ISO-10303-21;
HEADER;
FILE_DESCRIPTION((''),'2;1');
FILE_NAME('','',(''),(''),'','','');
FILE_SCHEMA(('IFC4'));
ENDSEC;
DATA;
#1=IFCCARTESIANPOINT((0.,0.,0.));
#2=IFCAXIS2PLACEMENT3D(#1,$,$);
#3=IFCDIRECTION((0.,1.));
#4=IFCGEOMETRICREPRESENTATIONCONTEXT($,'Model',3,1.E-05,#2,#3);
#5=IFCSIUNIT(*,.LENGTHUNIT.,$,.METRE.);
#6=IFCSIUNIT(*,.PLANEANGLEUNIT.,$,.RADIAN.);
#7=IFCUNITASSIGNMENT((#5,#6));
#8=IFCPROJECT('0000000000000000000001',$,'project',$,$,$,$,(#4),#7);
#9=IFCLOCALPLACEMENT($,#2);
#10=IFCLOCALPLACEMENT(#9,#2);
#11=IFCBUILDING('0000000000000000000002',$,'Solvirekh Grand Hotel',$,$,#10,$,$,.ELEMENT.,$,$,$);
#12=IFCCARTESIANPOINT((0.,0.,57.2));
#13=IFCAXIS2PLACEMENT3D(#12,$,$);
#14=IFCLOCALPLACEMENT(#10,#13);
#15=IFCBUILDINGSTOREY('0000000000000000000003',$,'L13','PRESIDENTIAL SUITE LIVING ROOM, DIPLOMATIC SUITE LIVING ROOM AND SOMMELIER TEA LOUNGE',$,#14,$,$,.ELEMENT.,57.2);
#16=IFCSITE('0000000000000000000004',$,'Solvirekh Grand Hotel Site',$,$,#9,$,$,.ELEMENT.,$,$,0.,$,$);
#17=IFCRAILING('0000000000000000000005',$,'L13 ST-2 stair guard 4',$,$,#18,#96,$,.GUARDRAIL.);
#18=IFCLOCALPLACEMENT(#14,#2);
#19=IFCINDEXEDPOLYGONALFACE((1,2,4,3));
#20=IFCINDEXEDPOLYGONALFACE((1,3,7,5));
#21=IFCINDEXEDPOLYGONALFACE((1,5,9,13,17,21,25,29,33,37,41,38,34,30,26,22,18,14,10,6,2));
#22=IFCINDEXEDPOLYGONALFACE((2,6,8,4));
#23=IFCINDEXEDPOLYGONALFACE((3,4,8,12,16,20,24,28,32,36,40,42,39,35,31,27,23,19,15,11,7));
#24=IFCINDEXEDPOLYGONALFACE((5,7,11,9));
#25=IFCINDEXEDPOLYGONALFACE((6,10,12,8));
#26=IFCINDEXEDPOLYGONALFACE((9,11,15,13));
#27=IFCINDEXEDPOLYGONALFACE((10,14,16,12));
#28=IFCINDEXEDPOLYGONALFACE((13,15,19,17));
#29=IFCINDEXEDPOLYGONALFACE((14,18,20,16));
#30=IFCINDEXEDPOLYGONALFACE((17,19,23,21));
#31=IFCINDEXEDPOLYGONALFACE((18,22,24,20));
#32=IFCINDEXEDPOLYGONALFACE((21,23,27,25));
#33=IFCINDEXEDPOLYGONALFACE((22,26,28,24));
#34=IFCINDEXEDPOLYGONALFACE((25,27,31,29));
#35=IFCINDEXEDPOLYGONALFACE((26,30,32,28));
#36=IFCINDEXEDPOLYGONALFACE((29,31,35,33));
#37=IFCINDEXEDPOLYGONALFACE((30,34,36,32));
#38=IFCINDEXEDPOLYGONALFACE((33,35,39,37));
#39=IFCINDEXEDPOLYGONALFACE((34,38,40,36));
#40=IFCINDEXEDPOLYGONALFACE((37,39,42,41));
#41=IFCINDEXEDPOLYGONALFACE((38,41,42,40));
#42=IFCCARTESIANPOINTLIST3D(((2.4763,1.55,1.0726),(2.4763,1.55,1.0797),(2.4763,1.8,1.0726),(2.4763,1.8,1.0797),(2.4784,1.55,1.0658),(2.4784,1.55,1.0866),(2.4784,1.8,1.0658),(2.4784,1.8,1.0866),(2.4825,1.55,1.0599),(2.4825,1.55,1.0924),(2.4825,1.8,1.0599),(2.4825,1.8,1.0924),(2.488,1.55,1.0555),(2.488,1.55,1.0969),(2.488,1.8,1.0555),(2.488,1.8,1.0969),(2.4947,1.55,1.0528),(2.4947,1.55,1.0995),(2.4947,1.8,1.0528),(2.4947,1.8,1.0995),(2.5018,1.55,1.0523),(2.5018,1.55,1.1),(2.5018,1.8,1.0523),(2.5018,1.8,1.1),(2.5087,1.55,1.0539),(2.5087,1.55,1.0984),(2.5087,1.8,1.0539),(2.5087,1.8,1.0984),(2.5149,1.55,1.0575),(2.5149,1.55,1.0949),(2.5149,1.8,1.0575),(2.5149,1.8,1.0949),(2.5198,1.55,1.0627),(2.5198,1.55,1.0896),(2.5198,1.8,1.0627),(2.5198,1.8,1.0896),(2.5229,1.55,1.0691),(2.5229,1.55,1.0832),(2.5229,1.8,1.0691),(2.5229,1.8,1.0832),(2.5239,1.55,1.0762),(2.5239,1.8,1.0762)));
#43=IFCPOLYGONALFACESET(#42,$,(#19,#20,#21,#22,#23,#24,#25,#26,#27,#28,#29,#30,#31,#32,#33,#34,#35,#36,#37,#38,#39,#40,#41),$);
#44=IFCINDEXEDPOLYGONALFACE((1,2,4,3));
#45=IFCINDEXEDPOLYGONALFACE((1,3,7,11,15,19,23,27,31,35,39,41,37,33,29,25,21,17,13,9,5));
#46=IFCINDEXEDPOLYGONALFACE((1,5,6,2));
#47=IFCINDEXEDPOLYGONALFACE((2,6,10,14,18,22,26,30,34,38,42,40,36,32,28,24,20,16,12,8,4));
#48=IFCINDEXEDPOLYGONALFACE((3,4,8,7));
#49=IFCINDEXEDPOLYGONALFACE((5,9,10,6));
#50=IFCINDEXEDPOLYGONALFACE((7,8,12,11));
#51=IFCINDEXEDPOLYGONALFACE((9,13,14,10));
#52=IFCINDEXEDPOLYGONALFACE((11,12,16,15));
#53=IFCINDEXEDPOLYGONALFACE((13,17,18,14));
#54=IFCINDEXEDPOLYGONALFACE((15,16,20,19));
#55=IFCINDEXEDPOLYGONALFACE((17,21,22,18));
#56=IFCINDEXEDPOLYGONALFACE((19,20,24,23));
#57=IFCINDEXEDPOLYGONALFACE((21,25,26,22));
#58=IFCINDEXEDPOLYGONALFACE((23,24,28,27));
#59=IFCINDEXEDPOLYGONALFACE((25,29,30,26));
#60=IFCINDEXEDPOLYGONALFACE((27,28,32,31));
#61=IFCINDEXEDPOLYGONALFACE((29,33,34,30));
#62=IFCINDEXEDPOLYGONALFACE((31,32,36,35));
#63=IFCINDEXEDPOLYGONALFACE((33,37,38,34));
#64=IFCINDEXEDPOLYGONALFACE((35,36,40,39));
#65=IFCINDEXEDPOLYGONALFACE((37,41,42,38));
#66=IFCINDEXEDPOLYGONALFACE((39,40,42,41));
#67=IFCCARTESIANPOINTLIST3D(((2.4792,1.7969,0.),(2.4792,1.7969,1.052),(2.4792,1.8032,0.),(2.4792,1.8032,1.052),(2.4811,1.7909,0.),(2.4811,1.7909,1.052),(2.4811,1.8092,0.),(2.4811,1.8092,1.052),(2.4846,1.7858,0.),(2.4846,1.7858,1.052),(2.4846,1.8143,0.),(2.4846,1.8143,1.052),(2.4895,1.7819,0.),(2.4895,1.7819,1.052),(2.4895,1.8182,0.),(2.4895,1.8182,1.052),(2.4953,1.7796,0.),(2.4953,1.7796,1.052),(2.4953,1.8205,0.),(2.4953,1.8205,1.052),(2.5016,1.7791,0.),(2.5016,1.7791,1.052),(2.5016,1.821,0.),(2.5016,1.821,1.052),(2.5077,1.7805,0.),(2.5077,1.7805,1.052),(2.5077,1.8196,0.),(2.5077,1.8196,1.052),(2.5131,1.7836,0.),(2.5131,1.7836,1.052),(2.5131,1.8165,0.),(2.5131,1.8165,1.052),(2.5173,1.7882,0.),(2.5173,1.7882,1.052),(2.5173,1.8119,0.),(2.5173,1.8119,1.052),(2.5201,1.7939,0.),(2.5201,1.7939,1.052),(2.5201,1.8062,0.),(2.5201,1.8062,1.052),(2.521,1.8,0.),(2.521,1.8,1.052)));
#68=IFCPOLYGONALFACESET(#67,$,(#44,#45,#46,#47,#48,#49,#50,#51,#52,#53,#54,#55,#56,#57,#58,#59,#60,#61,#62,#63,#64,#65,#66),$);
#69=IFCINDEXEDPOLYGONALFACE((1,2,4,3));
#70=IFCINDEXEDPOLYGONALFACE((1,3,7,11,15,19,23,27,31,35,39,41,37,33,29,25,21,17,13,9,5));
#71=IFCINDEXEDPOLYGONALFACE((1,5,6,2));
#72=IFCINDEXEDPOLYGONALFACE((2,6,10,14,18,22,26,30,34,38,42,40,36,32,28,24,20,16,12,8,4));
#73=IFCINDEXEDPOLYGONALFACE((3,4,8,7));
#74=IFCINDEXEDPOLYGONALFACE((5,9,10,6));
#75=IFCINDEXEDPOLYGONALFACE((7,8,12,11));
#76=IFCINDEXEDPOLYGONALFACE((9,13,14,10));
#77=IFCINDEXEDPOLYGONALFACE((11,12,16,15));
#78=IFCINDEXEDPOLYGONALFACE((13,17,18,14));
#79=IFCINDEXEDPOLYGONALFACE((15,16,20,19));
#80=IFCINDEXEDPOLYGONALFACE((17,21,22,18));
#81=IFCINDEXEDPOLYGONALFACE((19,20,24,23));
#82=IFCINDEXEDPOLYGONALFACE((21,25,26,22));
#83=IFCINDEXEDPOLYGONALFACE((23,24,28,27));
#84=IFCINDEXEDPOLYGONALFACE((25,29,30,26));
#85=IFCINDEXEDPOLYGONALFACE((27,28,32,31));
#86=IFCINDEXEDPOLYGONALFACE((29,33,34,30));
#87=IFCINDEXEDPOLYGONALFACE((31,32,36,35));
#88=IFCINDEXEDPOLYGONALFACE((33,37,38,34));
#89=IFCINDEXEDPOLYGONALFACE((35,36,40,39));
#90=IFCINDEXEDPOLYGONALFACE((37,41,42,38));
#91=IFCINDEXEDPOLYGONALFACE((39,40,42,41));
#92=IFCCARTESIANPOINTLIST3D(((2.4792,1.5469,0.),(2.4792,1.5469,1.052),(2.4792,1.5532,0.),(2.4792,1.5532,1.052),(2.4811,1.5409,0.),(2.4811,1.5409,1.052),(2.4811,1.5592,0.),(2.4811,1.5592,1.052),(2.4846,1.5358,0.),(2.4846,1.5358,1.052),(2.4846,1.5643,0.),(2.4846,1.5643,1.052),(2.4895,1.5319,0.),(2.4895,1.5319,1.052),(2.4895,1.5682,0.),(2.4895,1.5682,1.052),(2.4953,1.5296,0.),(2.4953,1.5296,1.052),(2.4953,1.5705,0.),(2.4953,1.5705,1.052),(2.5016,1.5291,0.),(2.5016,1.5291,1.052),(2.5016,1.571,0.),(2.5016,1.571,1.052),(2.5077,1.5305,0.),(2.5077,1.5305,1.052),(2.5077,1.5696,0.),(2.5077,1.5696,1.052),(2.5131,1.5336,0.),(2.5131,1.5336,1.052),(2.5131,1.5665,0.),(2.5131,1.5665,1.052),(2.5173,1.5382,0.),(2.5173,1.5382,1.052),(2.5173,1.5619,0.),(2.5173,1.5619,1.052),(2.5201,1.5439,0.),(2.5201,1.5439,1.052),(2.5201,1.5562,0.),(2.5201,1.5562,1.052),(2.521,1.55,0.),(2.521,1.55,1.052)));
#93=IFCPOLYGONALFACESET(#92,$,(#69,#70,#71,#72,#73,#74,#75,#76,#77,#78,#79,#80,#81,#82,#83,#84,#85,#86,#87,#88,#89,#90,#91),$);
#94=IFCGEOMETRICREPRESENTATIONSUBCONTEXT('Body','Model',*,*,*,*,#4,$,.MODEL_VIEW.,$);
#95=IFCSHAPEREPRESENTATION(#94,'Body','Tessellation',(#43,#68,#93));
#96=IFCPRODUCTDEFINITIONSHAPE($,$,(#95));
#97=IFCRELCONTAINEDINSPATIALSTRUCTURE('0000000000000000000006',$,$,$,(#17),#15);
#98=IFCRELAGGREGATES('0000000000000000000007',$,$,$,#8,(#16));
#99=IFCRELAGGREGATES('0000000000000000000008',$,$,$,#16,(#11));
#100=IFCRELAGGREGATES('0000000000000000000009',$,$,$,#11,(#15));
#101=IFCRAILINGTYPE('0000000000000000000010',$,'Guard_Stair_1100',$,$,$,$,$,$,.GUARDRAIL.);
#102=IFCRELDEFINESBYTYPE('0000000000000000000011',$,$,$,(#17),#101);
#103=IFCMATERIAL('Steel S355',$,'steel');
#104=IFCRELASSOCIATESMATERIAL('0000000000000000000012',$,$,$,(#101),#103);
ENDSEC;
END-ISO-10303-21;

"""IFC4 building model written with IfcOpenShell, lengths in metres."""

from ifc_helpers import new_model, si_unit, direction, frame, origin, origin_2d, place, context, subcontext, project, spatial, circle, extrude, material, type_object, element, save


model = new_model("IFC4")

# Units and contexts
model_context = context("Model", 3, precision=1e-05, world=origin(), true_north=direction((0.0, 1.0)))
body_context = subcontext(model_context, "Body", "Model", "MODEL_VIEW")
ifc_project = project(units=[si_unit("LENGTHUNIT", "METRE"), si_unit("PLANEANGLEUNIT", "RADIAN")], contexts=[model_context])

# Site, building, storey
site_placement = place(None, origin())
site = spatial("IfcSite", under=ifc_project, at=site_placement, Name="Solvirekh Grand Hotel Site", CompositionType="ELEMENT", RefElevation=0.0)
building_placement = place(site_placement, origin())
building = spatial("IfcBuilding", under=site, at=building_placement, Name="Solvirekh Grand Hotel", CompositionType="ELEMENT")
storey_placement = place(building_placement, frame((0.0, 0.0, 57.2)))
storey = spatial("IfcBuildingStorey", under=building, at=storey_placement, Name="L13", Description="PRESIDENTIAL SUITE LIVING ROOM, DIPLOMATIC SUITE LIVING ROOM AND SOMMELIER TEA LOUNGE", CompositionType="ELEMENT", Elevation=57.2)

# Shared definitions
ifc_material_1 = material(Name="Steel S355", Category="steel")

# Railing
railing_type_1 = type_object("IfcRailingType", Name="Guard_Stair_1100", PredefinedType="GUARDRAIL", material=ifc_material_1)
railing_1_placement = place(storey_placement, frame((2.5, 1.8, 0.0)))
element("IfcRailing", 1, at=railing_1_placement, inside=storey, type_object=railing_type_1, Name="L13 ST-2 stair guard 4", PredefinedType="GUARDRAIL", context=body_context, shape_type="SweptSolid", body=[
    extrude(circle(Radius=0.0239, at=origin_2d()), frame((0.0, 0.0, 1.0762), z_axis=(0.0, -1.0, 0.0), x_axis=(1.0, 0.0, 0.0)), (0.0, 0.0, 1.0), 0.25),
    extrude(circle(Radius=0.021, at=origin_2d()), origin(), (0.0, 0.0, 1.0), 1.052),
    extrude(circle(Radius=0.021, at=origin_2d()), frame((0.0, -0.25, 0.0)), (0.0, 0.0, 1.0), 1.052),
])

save(model, "model.ifc")
